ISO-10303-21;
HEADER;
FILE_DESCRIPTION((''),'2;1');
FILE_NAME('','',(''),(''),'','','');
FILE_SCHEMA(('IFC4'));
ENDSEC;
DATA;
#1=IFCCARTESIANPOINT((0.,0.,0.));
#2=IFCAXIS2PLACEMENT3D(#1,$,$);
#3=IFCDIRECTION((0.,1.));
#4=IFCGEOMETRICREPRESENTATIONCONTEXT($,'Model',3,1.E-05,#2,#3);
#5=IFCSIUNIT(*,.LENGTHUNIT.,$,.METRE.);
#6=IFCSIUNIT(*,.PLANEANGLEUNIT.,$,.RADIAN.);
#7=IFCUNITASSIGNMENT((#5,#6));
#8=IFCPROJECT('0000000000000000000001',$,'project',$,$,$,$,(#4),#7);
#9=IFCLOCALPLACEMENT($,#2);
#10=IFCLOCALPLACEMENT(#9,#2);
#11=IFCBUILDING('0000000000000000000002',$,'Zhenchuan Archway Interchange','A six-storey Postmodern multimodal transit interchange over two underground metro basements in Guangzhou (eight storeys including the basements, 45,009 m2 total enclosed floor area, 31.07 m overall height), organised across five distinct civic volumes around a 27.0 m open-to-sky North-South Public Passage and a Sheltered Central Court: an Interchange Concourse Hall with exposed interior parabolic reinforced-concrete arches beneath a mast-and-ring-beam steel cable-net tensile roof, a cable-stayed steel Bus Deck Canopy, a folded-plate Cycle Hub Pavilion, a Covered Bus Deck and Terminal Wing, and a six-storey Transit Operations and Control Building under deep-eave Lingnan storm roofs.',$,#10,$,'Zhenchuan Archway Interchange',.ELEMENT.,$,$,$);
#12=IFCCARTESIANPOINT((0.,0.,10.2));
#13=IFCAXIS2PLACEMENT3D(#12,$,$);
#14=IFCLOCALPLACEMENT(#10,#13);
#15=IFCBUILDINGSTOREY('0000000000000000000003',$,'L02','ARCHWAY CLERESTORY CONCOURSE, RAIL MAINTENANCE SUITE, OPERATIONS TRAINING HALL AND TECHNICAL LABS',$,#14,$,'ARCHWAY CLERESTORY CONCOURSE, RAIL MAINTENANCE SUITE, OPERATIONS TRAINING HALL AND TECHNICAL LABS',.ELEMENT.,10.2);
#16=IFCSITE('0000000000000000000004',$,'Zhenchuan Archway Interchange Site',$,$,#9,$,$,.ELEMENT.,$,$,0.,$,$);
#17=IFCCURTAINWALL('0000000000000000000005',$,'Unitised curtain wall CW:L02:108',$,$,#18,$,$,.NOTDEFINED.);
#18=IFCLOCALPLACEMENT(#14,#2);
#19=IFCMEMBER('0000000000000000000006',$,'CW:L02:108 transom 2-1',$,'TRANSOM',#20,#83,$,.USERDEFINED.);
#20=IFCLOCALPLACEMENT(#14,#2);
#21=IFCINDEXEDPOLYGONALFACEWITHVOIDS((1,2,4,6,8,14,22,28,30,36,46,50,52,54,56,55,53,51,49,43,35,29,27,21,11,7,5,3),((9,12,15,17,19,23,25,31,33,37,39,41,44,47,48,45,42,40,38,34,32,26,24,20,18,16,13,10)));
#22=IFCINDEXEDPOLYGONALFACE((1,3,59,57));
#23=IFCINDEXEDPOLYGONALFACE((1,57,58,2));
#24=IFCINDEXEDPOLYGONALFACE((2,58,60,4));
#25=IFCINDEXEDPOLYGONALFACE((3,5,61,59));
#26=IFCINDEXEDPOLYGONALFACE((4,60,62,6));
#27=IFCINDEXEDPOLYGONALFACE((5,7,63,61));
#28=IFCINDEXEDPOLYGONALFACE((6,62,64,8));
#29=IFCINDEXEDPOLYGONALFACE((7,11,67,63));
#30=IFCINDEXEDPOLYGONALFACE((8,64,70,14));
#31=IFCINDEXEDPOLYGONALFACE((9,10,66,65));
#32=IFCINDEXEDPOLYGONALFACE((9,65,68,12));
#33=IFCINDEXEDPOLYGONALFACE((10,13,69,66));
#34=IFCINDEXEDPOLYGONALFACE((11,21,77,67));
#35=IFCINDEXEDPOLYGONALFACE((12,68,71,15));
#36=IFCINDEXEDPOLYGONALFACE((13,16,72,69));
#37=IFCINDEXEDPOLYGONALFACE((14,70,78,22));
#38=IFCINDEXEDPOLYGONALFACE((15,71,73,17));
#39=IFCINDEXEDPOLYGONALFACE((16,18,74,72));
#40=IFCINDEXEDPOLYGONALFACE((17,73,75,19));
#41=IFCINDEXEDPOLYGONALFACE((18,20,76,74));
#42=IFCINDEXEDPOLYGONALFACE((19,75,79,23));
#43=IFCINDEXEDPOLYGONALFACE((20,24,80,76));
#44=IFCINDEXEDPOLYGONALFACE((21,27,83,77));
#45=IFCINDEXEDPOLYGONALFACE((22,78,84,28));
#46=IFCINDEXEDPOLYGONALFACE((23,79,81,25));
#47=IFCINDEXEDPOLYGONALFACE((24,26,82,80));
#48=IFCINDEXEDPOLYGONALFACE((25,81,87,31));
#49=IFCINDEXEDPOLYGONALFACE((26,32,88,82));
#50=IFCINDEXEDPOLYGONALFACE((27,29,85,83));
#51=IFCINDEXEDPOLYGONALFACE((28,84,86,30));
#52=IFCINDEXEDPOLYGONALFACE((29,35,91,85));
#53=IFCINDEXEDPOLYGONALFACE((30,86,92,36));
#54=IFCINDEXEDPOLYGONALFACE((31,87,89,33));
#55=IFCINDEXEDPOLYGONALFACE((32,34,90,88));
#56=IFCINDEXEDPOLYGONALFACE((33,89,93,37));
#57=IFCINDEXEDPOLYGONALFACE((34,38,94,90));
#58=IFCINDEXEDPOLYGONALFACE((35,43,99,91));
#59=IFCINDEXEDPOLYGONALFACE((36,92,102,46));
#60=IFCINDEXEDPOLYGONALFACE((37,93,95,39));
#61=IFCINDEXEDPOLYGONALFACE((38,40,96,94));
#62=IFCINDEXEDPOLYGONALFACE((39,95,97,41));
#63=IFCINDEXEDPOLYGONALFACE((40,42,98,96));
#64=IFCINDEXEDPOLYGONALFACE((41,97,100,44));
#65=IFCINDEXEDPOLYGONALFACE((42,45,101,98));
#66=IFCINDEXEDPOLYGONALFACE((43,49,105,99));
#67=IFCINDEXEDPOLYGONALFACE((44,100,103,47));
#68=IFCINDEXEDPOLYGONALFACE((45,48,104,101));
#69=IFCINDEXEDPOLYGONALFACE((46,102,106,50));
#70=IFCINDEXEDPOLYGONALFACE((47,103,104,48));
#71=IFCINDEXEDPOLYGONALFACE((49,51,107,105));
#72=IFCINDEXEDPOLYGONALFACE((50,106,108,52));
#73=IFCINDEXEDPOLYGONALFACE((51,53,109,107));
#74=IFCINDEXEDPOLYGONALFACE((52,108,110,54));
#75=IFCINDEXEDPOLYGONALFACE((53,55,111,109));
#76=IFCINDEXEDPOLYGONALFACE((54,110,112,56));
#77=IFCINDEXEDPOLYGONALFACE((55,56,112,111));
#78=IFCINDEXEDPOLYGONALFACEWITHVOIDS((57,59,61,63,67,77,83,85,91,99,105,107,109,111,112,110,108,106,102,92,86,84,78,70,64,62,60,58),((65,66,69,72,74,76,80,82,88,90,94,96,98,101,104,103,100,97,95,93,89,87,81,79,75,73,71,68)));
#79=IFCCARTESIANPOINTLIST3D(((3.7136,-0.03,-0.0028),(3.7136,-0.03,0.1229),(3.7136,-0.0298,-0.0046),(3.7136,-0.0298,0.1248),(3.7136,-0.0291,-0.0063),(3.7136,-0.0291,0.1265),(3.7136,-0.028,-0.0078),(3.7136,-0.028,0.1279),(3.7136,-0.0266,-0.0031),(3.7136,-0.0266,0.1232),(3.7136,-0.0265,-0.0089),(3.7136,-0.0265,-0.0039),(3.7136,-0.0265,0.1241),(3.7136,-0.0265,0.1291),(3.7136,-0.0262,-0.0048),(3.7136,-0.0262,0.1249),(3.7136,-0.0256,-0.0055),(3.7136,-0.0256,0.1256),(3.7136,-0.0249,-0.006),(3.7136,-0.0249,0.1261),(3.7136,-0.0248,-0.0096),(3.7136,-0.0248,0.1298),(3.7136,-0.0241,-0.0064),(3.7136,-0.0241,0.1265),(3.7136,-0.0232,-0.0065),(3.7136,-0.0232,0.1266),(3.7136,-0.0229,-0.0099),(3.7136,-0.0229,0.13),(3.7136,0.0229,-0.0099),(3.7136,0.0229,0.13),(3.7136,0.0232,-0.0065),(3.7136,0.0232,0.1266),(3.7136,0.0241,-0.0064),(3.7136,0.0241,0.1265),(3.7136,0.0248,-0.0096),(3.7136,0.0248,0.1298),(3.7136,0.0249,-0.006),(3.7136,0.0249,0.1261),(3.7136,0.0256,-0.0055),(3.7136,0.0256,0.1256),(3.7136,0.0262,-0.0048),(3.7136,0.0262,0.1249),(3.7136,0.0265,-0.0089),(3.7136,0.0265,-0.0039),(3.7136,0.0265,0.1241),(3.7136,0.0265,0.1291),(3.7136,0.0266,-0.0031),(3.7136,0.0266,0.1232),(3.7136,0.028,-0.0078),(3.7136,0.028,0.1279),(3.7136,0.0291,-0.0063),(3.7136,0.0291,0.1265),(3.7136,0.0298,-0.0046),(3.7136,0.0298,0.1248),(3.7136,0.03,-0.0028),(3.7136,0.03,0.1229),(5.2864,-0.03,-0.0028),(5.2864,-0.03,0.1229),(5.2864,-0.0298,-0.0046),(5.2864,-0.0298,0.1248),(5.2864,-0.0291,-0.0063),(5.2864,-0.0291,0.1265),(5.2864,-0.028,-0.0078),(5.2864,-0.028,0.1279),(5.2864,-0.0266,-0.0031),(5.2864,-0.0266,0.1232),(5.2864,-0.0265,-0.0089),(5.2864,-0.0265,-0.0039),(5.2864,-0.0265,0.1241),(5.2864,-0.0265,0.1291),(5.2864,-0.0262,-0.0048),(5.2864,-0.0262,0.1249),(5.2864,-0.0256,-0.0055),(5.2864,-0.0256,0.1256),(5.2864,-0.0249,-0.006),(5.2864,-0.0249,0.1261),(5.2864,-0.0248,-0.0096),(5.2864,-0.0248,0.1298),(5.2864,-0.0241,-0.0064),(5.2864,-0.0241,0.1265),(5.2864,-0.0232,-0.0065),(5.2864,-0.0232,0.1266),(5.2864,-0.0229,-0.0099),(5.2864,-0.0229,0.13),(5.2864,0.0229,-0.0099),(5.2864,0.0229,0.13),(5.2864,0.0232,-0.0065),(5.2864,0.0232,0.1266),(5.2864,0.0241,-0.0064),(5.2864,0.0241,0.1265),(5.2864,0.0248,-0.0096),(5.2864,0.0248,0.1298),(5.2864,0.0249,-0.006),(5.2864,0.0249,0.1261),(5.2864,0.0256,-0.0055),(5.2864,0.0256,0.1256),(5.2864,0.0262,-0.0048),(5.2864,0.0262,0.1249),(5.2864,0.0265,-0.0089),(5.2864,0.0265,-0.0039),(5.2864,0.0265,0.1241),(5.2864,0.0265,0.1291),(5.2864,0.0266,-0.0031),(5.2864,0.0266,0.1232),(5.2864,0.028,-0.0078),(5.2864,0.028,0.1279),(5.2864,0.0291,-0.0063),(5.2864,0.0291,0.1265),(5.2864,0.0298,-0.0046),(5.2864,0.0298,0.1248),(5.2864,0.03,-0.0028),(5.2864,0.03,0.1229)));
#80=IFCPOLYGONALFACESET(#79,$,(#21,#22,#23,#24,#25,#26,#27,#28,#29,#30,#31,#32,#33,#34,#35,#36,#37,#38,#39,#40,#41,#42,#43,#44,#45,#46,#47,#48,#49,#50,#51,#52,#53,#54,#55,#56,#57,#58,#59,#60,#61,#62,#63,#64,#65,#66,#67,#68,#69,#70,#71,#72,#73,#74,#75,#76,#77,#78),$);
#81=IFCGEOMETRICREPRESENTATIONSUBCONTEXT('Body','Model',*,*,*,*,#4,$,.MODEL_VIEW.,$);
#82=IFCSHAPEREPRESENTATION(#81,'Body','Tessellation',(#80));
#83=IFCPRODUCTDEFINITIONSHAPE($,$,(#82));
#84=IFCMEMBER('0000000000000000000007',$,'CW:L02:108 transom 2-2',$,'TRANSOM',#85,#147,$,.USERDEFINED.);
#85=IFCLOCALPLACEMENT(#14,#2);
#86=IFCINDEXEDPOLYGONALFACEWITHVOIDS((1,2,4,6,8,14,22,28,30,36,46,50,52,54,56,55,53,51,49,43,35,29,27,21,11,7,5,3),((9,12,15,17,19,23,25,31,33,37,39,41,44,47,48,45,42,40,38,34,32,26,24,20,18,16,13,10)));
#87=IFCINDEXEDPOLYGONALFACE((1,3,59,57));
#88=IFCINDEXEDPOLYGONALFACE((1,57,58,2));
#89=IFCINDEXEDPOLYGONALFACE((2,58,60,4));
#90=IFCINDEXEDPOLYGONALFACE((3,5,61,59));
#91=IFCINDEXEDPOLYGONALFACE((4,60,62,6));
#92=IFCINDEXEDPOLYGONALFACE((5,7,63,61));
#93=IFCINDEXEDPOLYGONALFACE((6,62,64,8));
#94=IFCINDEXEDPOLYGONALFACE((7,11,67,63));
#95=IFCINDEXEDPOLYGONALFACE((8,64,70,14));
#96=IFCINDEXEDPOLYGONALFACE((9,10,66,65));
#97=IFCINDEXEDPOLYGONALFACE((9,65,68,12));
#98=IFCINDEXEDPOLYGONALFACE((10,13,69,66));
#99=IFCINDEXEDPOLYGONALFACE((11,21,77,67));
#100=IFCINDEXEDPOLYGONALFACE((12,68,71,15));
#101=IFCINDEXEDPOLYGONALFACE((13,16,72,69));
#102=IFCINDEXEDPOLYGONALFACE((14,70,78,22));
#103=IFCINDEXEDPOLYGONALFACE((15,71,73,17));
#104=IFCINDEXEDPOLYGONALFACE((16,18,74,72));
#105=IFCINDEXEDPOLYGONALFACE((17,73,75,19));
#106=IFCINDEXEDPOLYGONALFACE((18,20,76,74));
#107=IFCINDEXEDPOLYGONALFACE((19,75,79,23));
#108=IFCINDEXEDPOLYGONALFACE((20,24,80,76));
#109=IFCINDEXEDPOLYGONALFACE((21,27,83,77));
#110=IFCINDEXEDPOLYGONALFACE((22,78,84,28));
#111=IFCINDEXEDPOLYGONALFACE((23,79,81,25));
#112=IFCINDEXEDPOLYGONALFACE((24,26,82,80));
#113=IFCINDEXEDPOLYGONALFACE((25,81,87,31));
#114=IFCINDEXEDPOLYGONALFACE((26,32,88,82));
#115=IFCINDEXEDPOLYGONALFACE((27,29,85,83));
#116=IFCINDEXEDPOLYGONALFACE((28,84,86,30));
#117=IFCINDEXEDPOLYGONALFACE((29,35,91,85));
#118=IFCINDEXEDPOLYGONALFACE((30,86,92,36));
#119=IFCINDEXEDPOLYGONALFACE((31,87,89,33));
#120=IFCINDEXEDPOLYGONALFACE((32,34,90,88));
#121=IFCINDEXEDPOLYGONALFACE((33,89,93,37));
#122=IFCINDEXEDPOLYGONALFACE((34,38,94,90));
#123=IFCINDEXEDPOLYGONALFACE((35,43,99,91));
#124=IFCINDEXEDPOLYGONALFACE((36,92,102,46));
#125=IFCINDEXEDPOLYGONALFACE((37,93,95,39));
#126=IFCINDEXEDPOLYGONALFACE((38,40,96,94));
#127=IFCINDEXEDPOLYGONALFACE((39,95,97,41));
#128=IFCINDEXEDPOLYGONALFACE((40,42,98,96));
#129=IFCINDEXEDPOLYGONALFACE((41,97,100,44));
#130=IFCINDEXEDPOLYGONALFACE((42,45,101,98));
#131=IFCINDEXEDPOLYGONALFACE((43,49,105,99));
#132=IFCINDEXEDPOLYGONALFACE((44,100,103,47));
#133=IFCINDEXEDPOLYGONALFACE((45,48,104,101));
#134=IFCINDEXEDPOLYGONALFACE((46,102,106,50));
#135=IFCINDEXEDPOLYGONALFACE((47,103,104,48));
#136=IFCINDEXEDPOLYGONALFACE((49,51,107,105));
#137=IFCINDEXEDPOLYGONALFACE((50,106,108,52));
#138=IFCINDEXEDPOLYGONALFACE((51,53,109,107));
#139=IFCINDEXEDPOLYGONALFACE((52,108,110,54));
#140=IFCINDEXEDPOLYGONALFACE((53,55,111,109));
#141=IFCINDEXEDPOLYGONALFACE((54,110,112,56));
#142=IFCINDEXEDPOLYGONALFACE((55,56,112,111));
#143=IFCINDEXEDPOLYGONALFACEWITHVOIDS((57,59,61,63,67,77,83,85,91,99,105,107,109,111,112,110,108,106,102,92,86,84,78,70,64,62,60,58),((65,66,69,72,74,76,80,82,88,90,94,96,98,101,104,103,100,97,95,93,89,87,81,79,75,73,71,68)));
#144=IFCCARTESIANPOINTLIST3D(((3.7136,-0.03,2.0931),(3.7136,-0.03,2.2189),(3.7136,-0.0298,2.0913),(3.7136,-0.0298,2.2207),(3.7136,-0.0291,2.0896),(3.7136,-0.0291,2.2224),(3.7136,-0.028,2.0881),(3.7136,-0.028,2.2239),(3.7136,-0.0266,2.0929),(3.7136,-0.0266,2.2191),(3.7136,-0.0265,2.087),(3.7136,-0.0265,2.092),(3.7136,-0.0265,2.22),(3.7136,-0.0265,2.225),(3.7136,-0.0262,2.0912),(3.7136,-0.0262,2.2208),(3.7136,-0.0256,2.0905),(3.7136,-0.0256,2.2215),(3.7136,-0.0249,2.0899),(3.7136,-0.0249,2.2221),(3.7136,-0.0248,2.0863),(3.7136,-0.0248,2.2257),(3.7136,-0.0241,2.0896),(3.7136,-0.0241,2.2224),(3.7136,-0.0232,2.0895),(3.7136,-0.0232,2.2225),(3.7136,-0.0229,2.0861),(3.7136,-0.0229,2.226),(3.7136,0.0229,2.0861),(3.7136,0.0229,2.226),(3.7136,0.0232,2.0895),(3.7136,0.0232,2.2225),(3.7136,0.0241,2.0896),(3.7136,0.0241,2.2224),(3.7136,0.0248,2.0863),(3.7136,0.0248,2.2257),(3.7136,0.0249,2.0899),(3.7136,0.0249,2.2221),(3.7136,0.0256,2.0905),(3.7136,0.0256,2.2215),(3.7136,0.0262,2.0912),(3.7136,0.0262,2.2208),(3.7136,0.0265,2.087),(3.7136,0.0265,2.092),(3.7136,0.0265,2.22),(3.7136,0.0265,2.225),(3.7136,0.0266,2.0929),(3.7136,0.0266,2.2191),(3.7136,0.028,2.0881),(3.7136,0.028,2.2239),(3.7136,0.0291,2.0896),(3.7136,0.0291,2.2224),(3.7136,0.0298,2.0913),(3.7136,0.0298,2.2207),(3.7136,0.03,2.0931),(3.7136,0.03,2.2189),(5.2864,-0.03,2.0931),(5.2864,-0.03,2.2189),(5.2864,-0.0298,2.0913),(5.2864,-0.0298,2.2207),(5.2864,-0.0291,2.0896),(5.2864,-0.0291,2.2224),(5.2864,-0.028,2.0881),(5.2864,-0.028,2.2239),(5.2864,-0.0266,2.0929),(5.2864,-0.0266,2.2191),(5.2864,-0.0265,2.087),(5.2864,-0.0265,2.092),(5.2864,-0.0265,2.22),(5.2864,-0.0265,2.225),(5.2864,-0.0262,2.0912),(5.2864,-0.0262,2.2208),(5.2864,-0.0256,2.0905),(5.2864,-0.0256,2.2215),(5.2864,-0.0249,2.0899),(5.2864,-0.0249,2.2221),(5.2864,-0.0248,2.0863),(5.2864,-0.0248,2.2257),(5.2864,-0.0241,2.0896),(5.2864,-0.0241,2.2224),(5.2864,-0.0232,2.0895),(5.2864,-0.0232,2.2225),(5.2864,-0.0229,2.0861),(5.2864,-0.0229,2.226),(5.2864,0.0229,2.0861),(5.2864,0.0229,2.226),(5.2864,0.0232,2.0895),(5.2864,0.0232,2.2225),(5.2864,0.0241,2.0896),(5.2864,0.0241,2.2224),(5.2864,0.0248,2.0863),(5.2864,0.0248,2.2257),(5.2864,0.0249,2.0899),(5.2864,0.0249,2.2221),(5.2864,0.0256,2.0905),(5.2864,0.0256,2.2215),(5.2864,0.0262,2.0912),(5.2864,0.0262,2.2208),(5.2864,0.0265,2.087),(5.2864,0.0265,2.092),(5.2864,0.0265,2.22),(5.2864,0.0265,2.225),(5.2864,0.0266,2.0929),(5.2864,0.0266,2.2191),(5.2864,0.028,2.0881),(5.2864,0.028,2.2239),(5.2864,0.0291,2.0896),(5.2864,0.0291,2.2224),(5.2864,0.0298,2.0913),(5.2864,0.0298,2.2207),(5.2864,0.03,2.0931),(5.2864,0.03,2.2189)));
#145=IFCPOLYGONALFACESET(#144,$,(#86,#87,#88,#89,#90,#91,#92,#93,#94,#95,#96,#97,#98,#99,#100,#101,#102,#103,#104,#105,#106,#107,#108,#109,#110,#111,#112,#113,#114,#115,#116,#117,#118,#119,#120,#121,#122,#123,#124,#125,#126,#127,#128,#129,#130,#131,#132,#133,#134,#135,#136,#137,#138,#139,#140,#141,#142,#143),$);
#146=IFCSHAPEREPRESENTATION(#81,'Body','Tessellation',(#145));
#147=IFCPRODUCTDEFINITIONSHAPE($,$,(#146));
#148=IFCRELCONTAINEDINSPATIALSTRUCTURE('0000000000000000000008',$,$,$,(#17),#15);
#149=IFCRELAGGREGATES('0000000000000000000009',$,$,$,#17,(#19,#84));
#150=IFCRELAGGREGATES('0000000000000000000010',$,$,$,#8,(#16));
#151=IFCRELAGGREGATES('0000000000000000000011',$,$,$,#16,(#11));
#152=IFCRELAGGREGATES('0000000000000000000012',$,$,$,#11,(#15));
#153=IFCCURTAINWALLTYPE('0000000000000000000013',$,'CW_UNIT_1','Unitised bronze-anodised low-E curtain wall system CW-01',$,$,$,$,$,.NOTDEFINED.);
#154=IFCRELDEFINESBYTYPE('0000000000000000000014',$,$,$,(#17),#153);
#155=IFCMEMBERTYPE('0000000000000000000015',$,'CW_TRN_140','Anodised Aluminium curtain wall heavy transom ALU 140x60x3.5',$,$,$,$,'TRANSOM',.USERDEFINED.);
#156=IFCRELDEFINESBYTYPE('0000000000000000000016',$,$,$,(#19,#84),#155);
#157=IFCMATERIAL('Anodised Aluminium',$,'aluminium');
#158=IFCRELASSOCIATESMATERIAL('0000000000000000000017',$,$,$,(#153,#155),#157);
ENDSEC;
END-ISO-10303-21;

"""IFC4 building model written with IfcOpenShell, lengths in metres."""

from ifc_helpers import new_model, si_unit, direction, frame, origin, origin_2d, place, context, subcontext, project, spatial, hollow_rectangle, extrude, material, material_profile, profile_set, type_object, element, aggregate, save


model = new_model("IFC4")

# Units and contexts
model_context = context("Model", 3, precision=1e-05, world=origin(), true_north=direction((0.0, 1.0)))
body_context = subcontext(model_context, "Body", "Model", "MODEL_VIEW")
ifc_project = project(units=[si_unit("LENGTHUNIT", "METRE"), si_unit("PLANEANGLEUNIT", "RADIAN")], contexts=[model_context])

# Site, building, storey
site_placement = place(None, origin())
site = spatial("IfcSite", under=ifc_project, at=site_placement, Name="Zhenchuan Archway Interchange Site", CompositionType="ELEMENT", RefElevation=0.0)
building_placement = place(site_placement, origin())
building = spatial("IfcBuilding", under=site, at=building_placement, Name="Zhenchuan Archway Interchange", Description="A six-storey Postmodern multimodal transit interchange over two underground metro basements in Guangzhou (eight storeys including the basements, 45,009 m2 total enclosed floor area, 31.07 m overall height), organised across five distinct civic volumes around a 27.0 m open-to-sky North-South Public Passage and a Sheltered Central Court: an Interchange Concourse Hall with exposed interior parabolic reinforced-concrete arches beneath a mast-and-ring-beam steel cable-net tensile roof, a cable-stayed steel Bus Deck Canopy, a folded-plate Cycle Hub Pavilion, a Covered Bus Deck and Terminal Wing, and a six-storey Transit Operations and Control Building under deep-eave Lingnan storm roofs.", LongName="Zhenchuan Archway Interchange", CompositionType="ELEMENT")
storey_placement = place(building_placement, frame((0.0, 0.0, 10.2)))
storey = spatial("IfcBuildingStorey", under=building, at=storey_placement, Name="L02", Description="ARCHWAY CLERESTORY CONCOURSE, RAIL MAINTENANCE SUITE, OPERATIONS TRAINING HALL AND TECHNICAL LABS", LongName="ARCHWAY CLERESTORY CONCOURSE, RAIL MAINTENANCE SUITE, OPERATIONS TRAINING HALL AND TECHNICAL LABS", CompositionType="ELEMENT", Elevation=10.2)

# Curtain wall, members
ifc_material_1 = material(Name="Anodised Aluminium", Category="aluminium")
curtain_wall_type = type_object("IfcCurtainWallType", Name="CW_UNIT_1", Description="Unitised bronze-anodised low-E curtain wall system CW-01", PredefinedType="NOTDEFINED", material=ifc_material_1)
curtain_wall_placement = place(storey_placement, origin())
curtain_wall = element("IfcCurtainWall", 1, at=curtain_wall_placement, inside=storey, type_object=curtain_wall_type, Name="Unitised curtain wall CW:L02:108", PredefinedType="NOTDEFINED")
ifc_material_profile_1 = material_profile(ifc_material_1, hollow_rectangle(XDim=0.0601, YDim=0.1399, WallThickness=0.0034, InnerFilletRadius=0.0034, OuterFilletRadius=0.0071, at=origin_2d()), Name="ALU 140x60x3.5")
ifc_profile_set_1 = profile_set([ifc_material_profile_1], Name="Anodised Aluminium")
member_type_1 = type_object("IfcMemberType", Name="CW_TRN_140", Description="Anodised Aluminium curtain wall heavy transom ALU 140x60x3.5", ElementType="TRANSOM", PredefinedType="USERDEFINED", material=ifc_profile_set_1)
member_1_placement = place(storey_placement, frame((5.2864, 0.0, 0.0601), z_axis=(-1.0, 0.0, 0.0), x_axis=(0.0, -1.0, 0.0)))
member_1 = element("IfcMember", 2, at=member_1_placement, type_object=member_type_1, Name="CW:L02:108 transom 2-1", ObjectType="TRANSOM", PredefinedType="USERDEFINED", context=body_context, shape_type="SweptSolid", body=[
    extrude(hollow_rectangle(XDim=0.0601, YDim=0.1399, WallThickness=0.0034, InnerFilletRadius=0.0034, OuterFilletRadius=0.0071, at=origin_2d()), origin(), (0.0, 0.0, 1.0), 1.5728),
])
member_2_placement = place(storey_placement, frame((5.2864, 0.0, 2.156), z_axis=(-1.0, 0.0, 0.0), x_axis=(0.0, -1.0, 0.0)))
member_2 = element("IfcMember", 3, at=member_2_placement, type_object=member_type_1, Name="CW:L02:108 transom 2-2", ObjectType="TRANSOM", PredefinedType="USERDEFINED", context=body_context, shape_type="SweptSolid", body=[
    extrude(hollow_rectangle(XDim=0.0601, YDim=0.1399, WallThickness=0.0034, InnerFilletRadius=0.0034, OuterFilletRadius=0.0071, at=origin_2d()), origin(), (0.0, 0.0, 1.0), 1.5728),
])

aggregate(curtain_wall, [member_1, member_2])

save(model, "model.ifc")
